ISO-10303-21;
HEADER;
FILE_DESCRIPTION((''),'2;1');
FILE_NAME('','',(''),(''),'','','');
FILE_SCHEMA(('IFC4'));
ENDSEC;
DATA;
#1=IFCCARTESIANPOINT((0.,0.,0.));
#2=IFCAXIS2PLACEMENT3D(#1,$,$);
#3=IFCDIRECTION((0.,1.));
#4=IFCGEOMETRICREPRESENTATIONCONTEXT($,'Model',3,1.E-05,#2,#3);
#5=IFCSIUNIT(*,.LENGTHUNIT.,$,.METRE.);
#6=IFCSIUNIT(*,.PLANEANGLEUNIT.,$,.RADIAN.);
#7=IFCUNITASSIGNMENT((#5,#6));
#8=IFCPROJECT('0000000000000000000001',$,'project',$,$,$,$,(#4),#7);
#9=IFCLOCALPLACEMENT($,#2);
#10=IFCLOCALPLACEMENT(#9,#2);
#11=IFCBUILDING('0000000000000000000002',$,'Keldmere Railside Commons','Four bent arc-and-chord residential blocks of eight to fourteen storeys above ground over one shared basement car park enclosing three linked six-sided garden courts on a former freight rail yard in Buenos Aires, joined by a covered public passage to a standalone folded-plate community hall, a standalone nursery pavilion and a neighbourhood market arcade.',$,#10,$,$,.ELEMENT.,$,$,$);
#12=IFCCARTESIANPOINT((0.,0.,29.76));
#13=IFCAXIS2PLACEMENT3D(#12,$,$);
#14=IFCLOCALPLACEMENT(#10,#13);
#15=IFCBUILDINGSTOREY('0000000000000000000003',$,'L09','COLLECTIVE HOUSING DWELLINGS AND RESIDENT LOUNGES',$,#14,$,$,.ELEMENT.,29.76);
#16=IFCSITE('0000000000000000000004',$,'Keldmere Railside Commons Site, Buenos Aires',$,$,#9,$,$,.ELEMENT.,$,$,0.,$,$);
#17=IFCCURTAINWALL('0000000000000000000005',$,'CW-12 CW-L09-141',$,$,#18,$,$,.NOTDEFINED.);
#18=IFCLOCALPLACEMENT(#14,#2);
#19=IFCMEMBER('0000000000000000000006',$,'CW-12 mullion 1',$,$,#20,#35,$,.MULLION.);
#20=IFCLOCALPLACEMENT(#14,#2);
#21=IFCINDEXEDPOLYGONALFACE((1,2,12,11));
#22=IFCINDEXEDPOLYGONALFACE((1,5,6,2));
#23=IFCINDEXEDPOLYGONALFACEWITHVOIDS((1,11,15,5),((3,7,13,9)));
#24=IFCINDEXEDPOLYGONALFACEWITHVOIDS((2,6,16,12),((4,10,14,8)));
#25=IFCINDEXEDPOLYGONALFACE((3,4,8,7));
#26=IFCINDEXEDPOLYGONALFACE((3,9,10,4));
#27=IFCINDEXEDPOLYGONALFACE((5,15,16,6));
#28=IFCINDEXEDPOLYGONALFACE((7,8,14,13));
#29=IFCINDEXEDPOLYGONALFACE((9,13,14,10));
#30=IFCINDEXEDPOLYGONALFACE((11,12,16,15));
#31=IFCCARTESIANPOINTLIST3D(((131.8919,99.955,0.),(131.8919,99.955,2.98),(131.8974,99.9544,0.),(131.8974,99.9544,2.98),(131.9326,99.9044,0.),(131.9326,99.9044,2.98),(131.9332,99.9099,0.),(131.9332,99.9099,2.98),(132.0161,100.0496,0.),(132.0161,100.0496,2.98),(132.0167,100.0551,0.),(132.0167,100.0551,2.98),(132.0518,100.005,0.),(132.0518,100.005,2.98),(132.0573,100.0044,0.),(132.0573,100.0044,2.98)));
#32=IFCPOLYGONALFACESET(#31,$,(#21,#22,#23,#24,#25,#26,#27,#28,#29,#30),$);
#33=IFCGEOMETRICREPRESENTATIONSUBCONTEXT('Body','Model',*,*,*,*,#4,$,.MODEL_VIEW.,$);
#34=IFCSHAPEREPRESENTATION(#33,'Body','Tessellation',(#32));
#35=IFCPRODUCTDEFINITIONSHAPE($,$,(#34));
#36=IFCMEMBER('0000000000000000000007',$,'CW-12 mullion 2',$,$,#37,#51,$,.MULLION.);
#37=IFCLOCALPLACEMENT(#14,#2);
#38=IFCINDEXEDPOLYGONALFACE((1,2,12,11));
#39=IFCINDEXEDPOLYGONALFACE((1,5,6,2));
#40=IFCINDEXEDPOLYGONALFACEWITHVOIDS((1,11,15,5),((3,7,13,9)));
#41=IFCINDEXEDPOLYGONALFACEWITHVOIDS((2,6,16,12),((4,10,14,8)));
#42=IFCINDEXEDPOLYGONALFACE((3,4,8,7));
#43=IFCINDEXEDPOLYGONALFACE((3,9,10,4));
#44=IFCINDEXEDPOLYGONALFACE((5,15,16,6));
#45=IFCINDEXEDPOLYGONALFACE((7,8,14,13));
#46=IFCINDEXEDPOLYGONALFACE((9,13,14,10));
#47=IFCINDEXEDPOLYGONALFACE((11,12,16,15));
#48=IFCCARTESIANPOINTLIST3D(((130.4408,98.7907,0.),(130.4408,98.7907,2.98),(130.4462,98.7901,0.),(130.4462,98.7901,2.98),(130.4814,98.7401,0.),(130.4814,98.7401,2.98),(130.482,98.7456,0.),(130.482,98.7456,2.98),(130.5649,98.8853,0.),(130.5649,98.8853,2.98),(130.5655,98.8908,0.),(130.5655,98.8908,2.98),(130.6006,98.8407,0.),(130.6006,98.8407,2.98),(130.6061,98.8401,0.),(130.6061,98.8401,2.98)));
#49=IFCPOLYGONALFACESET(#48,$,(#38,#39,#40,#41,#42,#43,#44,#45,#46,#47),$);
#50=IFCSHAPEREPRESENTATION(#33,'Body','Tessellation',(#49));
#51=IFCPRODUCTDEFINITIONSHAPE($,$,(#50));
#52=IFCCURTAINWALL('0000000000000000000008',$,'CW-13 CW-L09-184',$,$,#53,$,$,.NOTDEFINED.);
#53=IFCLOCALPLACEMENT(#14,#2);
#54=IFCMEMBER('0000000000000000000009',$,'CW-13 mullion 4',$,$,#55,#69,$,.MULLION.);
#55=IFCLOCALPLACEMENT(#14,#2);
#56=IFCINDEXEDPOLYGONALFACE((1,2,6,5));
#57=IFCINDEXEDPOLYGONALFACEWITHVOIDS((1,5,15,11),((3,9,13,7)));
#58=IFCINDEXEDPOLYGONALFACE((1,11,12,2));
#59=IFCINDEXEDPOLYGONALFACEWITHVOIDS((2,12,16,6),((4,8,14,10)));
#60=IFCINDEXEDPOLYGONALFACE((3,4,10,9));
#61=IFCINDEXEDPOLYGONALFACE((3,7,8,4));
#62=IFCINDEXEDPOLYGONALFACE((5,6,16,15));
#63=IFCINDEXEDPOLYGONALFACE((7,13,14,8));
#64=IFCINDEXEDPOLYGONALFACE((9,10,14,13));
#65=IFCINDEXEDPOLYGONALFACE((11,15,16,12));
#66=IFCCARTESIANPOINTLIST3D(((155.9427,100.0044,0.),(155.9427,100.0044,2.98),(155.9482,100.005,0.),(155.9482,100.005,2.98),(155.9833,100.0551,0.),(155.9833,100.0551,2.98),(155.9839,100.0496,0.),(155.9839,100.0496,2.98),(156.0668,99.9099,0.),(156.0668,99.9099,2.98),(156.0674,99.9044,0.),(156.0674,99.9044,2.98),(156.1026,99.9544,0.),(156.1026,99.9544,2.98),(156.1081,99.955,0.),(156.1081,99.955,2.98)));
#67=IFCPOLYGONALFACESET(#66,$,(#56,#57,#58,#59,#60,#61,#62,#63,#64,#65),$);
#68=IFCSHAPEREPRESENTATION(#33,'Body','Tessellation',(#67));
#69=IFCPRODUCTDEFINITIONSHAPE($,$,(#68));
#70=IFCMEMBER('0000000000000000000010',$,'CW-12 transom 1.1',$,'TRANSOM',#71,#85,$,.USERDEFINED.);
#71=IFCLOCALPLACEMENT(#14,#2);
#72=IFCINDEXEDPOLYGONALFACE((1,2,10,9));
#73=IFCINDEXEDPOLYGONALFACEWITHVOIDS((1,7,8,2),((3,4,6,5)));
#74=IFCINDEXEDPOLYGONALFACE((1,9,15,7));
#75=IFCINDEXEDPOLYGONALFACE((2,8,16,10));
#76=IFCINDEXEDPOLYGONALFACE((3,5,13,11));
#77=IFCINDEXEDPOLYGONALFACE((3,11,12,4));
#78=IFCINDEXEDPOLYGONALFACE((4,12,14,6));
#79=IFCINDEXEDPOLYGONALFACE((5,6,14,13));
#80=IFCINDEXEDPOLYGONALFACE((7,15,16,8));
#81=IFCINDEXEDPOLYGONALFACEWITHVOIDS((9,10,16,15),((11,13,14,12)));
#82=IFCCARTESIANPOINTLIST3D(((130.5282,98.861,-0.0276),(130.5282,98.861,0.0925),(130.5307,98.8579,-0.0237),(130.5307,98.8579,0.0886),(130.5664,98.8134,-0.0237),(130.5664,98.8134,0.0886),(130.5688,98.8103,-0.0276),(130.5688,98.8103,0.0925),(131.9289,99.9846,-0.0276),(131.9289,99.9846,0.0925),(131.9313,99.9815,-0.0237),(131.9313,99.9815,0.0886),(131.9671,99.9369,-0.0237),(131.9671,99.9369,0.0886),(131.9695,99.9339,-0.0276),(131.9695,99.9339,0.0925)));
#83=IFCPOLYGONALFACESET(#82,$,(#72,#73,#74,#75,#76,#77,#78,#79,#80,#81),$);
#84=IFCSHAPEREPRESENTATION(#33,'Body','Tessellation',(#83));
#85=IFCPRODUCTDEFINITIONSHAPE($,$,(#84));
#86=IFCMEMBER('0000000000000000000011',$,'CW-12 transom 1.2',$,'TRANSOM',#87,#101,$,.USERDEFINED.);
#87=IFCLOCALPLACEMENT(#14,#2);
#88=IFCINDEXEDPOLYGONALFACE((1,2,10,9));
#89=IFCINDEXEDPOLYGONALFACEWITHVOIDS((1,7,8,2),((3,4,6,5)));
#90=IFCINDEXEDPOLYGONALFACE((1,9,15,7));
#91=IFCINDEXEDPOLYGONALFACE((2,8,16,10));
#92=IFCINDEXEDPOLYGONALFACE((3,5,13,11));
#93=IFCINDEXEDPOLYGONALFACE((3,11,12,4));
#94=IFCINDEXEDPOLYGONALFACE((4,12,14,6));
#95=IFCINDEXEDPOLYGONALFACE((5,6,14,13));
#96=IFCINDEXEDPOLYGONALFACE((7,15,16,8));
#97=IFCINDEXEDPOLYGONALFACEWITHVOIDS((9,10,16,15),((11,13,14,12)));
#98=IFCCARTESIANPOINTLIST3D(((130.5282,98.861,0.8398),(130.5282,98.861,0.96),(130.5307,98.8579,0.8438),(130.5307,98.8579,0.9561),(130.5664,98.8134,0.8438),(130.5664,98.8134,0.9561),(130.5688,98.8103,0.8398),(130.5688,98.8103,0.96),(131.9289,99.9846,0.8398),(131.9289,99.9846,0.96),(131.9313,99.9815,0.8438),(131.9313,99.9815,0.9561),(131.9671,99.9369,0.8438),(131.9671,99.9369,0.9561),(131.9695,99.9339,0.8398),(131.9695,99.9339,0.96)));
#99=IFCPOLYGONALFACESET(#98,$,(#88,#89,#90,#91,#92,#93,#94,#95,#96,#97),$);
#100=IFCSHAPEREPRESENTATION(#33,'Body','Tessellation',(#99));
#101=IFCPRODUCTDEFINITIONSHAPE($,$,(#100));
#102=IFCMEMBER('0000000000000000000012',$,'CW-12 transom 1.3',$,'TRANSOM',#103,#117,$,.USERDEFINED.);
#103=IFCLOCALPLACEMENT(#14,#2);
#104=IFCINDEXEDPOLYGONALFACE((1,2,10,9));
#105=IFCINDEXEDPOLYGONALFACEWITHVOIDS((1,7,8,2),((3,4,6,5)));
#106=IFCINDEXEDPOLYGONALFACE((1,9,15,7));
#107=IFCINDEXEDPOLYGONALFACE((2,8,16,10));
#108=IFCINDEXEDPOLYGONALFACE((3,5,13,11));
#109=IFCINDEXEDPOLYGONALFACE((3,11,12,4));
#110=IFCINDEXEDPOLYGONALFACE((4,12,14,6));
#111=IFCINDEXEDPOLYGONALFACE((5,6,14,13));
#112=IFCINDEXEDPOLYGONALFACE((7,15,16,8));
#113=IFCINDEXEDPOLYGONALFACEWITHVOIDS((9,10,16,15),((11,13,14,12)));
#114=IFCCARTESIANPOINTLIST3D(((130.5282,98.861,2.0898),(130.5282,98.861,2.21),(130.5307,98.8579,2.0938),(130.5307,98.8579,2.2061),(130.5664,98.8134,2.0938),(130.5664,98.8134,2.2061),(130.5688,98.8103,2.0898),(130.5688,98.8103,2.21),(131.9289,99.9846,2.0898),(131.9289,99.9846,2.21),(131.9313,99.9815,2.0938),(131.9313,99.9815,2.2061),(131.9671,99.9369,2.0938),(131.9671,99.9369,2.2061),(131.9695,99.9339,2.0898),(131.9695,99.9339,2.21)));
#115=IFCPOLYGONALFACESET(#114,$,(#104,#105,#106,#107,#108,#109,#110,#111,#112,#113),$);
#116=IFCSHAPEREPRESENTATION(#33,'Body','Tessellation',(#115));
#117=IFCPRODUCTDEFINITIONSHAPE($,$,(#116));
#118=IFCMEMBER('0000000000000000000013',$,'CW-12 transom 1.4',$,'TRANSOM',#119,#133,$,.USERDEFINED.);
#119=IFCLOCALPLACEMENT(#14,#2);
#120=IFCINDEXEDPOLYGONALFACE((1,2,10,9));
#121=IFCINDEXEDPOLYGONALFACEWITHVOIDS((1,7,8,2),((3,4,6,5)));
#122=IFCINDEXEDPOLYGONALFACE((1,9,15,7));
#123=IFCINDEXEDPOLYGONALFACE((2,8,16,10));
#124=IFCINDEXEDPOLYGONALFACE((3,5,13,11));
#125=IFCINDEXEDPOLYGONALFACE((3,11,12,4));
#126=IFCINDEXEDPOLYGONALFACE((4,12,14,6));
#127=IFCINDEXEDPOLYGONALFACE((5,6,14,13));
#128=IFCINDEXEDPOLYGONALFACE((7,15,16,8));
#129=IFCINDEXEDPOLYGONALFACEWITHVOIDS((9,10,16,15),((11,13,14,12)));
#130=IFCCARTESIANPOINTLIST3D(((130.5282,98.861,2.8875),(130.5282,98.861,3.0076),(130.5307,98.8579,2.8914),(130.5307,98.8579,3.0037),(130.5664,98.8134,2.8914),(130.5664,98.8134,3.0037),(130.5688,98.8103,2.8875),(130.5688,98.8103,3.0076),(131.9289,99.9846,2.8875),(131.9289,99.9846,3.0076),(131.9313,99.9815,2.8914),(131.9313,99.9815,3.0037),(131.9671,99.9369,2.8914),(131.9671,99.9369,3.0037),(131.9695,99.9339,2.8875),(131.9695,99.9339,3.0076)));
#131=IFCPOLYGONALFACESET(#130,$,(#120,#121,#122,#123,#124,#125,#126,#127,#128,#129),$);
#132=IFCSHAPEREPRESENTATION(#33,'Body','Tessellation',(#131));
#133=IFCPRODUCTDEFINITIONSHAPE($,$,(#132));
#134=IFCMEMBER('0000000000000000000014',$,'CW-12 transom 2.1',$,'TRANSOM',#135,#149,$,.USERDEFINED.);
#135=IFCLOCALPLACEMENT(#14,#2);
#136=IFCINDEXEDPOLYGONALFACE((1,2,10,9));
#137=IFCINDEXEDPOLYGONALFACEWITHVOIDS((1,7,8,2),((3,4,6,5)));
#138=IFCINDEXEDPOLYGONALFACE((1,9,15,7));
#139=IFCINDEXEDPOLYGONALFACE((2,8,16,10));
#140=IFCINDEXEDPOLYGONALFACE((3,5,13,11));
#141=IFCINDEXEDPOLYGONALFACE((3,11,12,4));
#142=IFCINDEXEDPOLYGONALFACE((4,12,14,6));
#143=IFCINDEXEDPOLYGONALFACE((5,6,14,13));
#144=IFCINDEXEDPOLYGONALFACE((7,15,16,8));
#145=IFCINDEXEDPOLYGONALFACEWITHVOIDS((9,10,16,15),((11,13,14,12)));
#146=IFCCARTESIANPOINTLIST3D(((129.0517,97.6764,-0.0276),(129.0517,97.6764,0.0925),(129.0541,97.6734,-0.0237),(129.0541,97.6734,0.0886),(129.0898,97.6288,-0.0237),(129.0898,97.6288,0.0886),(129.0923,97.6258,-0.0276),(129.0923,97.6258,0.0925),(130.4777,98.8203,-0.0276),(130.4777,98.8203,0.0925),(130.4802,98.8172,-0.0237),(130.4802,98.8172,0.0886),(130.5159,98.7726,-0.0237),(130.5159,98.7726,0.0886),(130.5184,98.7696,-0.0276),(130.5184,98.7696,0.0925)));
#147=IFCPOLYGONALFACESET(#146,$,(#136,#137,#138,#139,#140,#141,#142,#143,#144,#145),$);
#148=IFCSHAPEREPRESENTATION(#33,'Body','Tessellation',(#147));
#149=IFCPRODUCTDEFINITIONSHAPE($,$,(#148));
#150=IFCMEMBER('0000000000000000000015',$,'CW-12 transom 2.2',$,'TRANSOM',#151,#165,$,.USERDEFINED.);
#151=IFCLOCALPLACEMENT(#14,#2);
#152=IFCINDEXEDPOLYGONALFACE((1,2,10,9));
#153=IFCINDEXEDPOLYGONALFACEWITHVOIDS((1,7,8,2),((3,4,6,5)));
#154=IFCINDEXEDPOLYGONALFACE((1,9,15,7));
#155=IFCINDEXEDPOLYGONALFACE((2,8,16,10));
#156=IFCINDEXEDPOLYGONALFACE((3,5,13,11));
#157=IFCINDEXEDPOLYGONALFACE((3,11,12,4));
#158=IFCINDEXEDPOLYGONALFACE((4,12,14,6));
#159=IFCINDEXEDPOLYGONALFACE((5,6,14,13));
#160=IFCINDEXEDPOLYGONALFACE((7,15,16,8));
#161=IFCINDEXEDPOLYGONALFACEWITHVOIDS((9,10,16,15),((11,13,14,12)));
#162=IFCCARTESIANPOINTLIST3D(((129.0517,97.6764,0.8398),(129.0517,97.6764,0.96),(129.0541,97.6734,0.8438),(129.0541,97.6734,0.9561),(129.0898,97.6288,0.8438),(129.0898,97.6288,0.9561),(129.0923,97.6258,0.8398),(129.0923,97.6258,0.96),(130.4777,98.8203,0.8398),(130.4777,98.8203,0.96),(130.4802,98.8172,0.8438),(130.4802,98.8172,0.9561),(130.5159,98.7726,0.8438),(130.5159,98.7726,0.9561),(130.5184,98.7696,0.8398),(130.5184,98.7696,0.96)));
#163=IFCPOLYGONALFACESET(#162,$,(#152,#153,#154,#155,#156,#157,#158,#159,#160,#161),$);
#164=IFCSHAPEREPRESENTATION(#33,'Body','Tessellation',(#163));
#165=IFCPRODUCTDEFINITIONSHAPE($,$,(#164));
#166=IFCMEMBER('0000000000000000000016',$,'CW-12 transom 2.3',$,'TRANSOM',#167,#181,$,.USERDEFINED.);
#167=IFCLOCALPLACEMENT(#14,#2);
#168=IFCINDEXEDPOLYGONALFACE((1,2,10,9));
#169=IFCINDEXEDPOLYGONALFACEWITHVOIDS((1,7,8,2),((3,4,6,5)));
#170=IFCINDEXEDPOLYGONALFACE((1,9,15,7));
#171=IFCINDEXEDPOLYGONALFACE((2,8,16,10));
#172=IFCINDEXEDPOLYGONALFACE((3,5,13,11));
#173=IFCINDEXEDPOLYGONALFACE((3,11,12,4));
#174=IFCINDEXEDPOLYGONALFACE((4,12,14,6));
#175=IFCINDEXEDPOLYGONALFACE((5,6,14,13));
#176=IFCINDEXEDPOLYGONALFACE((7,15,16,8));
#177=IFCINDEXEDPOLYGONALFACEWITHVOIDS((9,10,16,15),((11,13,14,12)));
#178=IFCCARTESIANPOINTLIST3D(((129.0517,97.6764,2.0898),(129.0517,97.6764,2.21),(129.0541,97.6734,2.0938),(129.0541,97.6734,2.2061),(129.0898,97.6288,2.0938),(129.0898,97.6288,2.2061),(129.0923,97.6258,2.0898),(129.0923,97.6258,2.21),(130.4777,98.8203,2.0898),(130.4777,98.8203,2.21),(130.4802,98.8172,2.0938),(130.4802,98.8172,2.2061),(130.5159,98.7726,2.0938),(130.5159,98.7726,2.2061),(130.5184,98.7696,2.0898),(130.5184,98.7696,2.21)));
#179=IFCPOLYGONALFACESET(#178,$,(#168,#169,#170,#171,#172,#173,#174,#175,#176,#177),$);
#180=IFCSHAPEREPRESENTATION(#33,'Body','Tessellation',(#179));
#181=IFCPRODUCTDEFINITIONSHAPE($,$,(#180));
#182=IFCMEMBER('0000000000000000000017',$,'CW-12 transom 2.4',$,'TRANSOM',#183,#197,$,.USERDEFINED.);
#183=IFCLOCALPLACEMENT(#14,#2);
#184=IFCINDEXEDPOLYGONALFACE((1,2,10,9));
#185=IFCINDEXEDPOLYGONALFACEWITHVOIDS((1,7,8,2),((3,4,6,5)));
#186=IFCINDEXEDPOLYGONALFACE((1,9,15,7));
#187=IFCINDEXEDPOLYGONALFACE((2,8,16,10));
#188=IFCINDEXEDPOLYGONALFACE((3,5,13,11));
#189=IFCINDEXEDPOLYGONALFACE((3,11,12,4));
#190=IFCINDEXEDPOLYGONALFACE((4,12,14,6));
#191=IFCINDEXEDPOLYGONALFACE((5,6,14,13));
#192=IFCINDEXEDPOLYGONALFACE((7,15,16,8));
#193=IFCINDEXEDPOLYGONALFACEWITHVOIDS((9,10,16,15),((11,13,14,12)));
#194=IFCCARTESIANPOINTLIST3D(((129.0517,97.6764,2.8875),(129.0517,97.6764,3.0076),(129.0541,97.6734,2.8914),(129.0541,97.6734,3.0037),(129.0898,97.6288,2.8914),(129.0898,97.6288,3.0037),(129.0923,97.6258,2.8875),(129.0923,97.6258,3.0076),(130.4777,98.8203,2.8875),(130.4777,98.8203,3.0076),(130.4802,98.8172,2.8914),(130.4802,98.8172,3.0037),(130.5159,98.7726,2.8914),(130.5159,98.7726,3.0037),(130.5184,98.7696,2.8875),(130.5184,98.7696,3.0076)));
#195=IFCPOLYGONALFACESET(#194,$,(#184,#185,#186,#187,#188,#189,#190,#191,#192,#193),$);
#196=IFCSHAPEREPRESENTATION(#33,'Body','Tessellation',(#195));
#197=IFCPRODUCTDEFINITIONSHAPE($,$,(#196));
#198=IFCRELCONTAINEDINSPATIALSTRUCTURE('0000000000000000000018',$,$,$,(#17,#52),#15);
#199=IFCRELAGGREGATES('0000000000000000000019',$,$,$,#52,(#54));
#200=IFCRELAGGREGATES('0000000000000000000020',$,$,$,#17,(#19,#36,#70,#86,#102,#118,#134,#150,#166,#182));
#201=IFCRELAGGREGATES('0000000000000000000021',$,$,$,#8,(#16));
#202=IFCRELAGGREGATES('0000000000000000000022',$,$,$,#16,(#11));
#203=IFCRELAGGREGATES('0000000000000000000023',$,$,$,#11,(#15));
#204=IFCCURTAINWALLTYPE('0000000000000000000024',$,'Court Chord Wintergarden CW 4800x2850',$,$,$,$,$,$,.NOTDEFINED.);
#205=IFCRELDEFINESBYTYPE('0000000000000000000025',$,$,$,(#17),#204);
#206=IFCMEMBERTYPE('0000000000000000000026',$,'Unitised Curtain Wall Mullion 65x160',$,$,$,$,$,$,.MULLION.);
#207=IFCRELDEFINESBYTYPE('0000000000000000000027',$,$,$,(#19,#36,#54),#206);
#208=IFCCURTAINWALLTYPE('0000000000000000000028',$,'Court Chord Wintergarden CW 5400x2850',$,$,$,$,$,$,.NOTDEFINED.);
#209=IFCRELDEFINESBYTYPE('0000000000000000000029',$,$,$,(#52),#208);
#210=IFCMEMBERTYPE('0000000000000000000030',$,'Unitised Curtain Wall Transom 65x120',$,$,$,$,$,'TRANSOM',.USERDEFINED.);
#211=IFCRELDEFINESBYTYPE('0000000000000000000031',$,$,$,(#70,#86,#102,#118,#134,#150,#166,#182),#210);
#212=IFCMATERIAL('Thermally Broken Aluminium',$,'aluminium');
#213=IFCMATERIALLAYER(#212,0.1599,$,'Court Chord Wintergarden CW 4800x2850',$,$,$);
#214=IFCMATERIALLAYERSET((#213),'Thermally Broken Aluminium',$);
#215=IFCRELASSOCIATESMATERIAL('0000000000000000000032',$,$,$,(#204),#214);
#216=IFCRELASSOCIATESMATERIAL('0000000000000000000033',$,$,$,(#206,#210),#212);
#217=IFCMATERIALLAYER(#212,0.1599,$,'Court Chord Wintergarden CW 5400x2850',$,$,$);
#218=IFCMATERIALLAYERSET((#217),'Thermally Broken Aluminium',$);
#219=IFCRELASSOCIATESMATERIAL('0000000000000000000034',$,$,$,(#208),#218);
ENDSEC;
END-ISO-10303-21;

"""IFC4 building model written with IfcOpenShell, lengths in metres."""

from ifc_helpers import new_model, si_unit, direction, frame, origin, origin_2d, place, context, subcontext, project, spatial, hollow_rectangle, extrude, material, layer, layer_set, material_profile, profile_set, type_object, element, aggregate, save


model = new_model("IFC4")

# Units and contexts
model_context = context("Model", 3, precision=1e-05, world=origin(), true_north=direction((0.0, 1.0)))
body_context = subcontext(model_context, "Body", "Model", "MODEL_VIEW")
ifc_project = project(units=[si_unit("LENGTHUNIT", "METRE"), si_unit("PLANEANGLEUNIT", "RADIAN")], contexts=[model_context])

# Site, building, storey
site_placement = place(None, origin())
site = spatial("IfcSite", under=ifc_project, at=site_placement, Name="Keldmere Railside Commons Site, Buenos Aires", CompositionType="ELEMENT", RefElevation=0.0)
building_placement = place(site_placement, origin())
building = spatial("IfcBuilding", under=site, at=building_placement, Name="Keldmere Railside Commons", Description="Four bent arc-and-chord residential blocks of eight to fourteen storeys above ground over one shared basement car park enclosing three linked six-sided garden courts on a former freight rail yard in Buenos Aires, joined by a covered public passage to a standalone folded-plate community hall, a standalone nursery pavilion and a neighbourhood market arcade.", CompositionType="ELEMENT")
storey_placement = place(building_placement, frame((0.0, 0.0, 29.76)))
storey = spatial("IfcBuildingStorey", under=building, at=storey_placement, Name="L09", Description="COLLECTIVE HOUSING DWELLINGS AND RESIDENT LOUNGES", CompositionType="ELEMENT", Elevation=29.76)

# Curtain wall, members
ifc_material_1 = material(Name="Thermally Broken Aluminium", Category="aluminium")
ifc_layer_1 = layer(ifc_material_1, 0.1599, Name="Court Chord Wintergarden CW 4800x2850")
ifc_layer_set_1 = layer_set([ifc_layer_1], Name="Thermally Broken Aluminium")
curtain_wall_type_1 = type_object("IfcCurtainWallType", Name="Court Chord Wintergarden CW 4800x2850", PredefinedType="NOTDEFINED", material=ifc_layer_set_1)
curtain_wall_1_placement = place(storey_placement, origin())
curtain_wall_1 = element("IfcCurtainWall", 1, at=curtain_wall_1_placement, inside=storey, type_object=curtain_wall_type_1, Name="CW-12 CW-L09-141", PredefinedType="NOTDEFINED")
ifc_material_profile_1 = material_profile(ifc_material_1, hollow_rectangle(XDim=0.0649, YDim=0.1599, WallThickness=0.0039, at=origin_2d()), Name="ALU-MULL-65x160")
ifc_profile_set_1 = profile_set([ifc_material_profile_1], Name="Thermally Broken Aluminium")
member_type_1 = type_object("IfcMemberType", Name="Unitised Curtain Wall Mullion 65x160", PredefinedType="MULLION", material=ifc_profile_set_1)
member_1_placement = place(storey_placement, frame((131.9746, 99.9797, 0.0), z_axis=(0.0, 0.0, 1.0), x_axis=(0.625768, -0.780009, 0.0)))
member_1 = element("IfcMember", 2, at=member_1_placement, type_object=member_type_1, Name="CW-12 mullion 1", PredefinedType="MULLION", context=body_context, shape_type="SweptSolid", body=[
    extrude(hollow_rectangle(XDim=0.0649, YDim=0.1599, WallThickness=0.0039, at=origin_2d()), origin(), (0.0, 0.0, 1.0), 2.98),
])
member_2_placement = place(storey_placement, frame((130.5234, 98.8154, 0.0), z_axis=(0.0, 0.0, 1.0), x_axis=(0.625768, -0.780009, 0.0)))
member_2 = element("IfcMember", 3, at=member_2_placement, type_object=member_type_1, Name="CW-12 mullion 2", PredefinedType="MULLION", context=body_context, shape_type="SweptSolid", body=[
    extrude(hollow_rectangle(XDim=0.0649, YDim=0.1599, WallThickness=0.0039, at=origin_2d()), origin(), (0.0, 0.0, 1.0), 2.98),
])

# Curtain wall, member
ifc_layer_2 = layer(ifc_material_1, 0.1599, Name="Court Chord Wintergarden CW 5400x2850")
ifc_layer_set_2 = layer_set([ifc_layer_2], Name="Thermally Broken Aluminium")
curtain_wall_type_2 = type_object("IfcCurtainWallType", Name="Court Chord Wintergarden CW 5400x2850", PredefinedType="NOTDEFINED", material=ifc_layer_set_2)
curtain_wall_2_placement = place(storey_placement, origin())
curtain_wall_2 = element("IfcCurtainWall", 4, at=curtain_wall_2_placement, inside=storey, type_object=curtain_wall_type_2, Name="CW-13 CW-L09-184", PredefinedType="NOTDEFINED")
member_3_placement = place(storey_placement, frame((156.0254, 99.9797, 0.0), z_axis=(0.0, 0.0, 1.0), x_axis=(-0.625768, -0.780009, 0.0)))
member_3 = element("IfcMember", 5, at=member_3_placement, type_object=member_type_1, Name="CW-13 mullion 4", PredefinedType="MULLION", context=body_context, shape_type="SweptSolid", body=[
    extrude(hollow_rectangle(XDim=0.0649, YDim=0.1599, WallThickness=0.0039, at=origin_2d()), origin(), (0.0, 0.0, 1.0), 2.98),
])

# Members
ifc_material_profile_2 = material_profile(ifc_material_1, hollow_rectangle(XDim=0.0649, YDim=0.1201, WallThickness=0.0039, at=origin_2d()), Name="ALU-TRAN-65x120")
ifc_profile_set_2 = profile_set([ifc_material_profile_2], Name="Thermally Broken Aluminium")
member_type_2 = type_object("IfcMemberType", Name="Unitised Curtain Wall Transom 65x120", ElementType="TRANSOM", PredefinedType="USERDEFINED", material=ifc_profile_set_2)
member_4_placement = place(storey_placement, frame((131.9492, 99.9592, 0.0325), z_axis=(-0.780046, -0.625723, 0.0), x_axis=(0.625723, -0.780046, 0.0)))
member_4 = element("IfcMember", 6, at=member_4_placement, type_object=member_type_2, Name="CW-12 transom 1.1", ObjectType="TRANSOM", PredefinedType="USERDEFINED", context=body_context, shape_type="SweptSolid", body=[
    extrude(hollow_rectangle(XDim=0.0649, YDim=0.1201, WallThickness=0.0039, at=origin_2d()), origin(), (0.0, 0.0, 1.0), 1.7957),
])
member_5_placement = place(storey_placement, frame((131.9492, 99.9592, 0.8999), z_axis=(-0.780046, -0.625723, 0.0), x_axis=(0.625723, -0.780046, 0.0)))
member_5 = element("IfcMember", 7, at=member_5_placement, type_object=member_type_2, Name="CW-12 transom 1.2", ObjectType="TRANSOM", PredefinedType="USERDEFINED", context=body_context, shape_type="SweptSolid", body=[
    extrude(hollow_rectangle(XDim=0.0649, YDim=0.1201, WallThickness=0.0039, at=origin_2d()), origin(), (0.0, 0.0, 1.0), 1.7957),
])
member_6_placement = place(storey_placement, frame((131.9492, 99.9592, 2.1499), z_axis=(-0.780046, -0.625723, 0.0), x_axis=(0.625723, -0.780046, 0.0)))
member_6 = element("IfcMember", 8, at=member_6_placement, type_object=member_type_2, Name="CW-12 transom 1.3", ObjectType="TRANSOM", PredefinedType="USERDEFINED", context=body_context, shape_type="SweptSolid", body=[
    extrude(hollow_rectangle(XDim=0.0649, YDim=0.1201, WallThickness=0.0039, at=origin_2d()), origin(), (0.0, 0.0, 1.0), 1.7957),
])
member_7_placement = place(storey_placement, frame((131.9492, 99.9592, 2.9475), z_axis=(-0.780046, -0.625723, 0.0), x_axis=(0.625723, -0.780046, 0.0)))
member_7 = element("IfcMember", 9, at=member_7_placement, type_object=member_type_2, Name="CW-12 transom 1.4", ObjectType="TRANSOM", PredefinedType="USERDEFINED", context=body_context, shape_type="SweptSolid", body=[
    extrude(hollow_rectangle(XDim=0.0649, YDim=0.1201, WallThickness=0.0039, at=origin_2d()), origin(), (0.0, 0.0, 1.0), 1.7957),
])
member_8_placement = place(storey_placement, frame((130.498, 98.7949, 0.0325), z_axis=(-0.780073, -0.625688, 0.0), x_axis=(0.625688, -0.780073, 0.0)))
member_8 = element("IfcMember", 10, at=member_8_placement, type_object=member_type_2, Name="CW-12 transom 2.1", ObjectType="TRANSOM", PredefinedType="USERDEFINED", context=body_context, shape_type="SweptSolid", body=[
    extrude(hollow_rectangle(XDim=0.0649, YDim=0.1201, WallThickness=0.0039, at=origin_2d()), origin(), (0.0, 0.0, 1.0), 1.8281),
])
member_9_placement = place(storey_placement, frame((130.498, 98.7949, 0.8999), z_axis=(-0.780073, -0.625688, 0.0), x_axis=(0.625688, -0.780073, 0.0)))
member_9 = element("IfcMember", 11, at=member_9_placement, type_object=member_type_2, Name="CW-12 transom 2.2", ObjectType="TRANSOM", PredefinedType="USERDEFINED", context=body_context, shape_type="SweptSolid", body=[
    extrude(hollow_rectangle(XDim=0.0649, YDim=0.1201, WallThickness=0.0039, at=origin_2d()), origin(), (0.0, 0.0, 1.0), 1.8281),
])
member_10_placement = place(storey_placement, frame((130.498, 98.7949, 2.1499), z_axis=(-0.780073, -0.625688, 0.0), x_axis=(0.625688, -0.780073, 0.0)))
member_10 = element("IfcMember", 12, at=member_10_placement, type_object=member_type_2, Name="CW-12 transom 2.3", ObjectType="TRANSOM", PredefinedType="USERDEFINED", context=body_context, shape_type="SweptSolid", body=[
    extrude(hollow_rectangle(XDim=0.0649, YDim=0.1201, WallThickness=0.0039, at=origin_2d()), origin(), (0.0, 0.0, 1.0), 1.8281),
])
member_11_placement = place(storey_placement, frame((130.498, 98.7949, 2.9475), z_axis=(-0.780073, -0.625688, 0.0), x_axis=(0.625688, -0.780073, 0.0)))
member_11 = element("IfcMember", 13, at=member_11_placement, type_object=member_type_2, Name="CW-12 transom 2.4", ObjectType="TRANSOM", PredefinedType="USERDEFINED", context=body_context, shape_type="SweptSolid", body=[
    extrude(hollow_rectangle(XDim=0.0649, YDim=0.1201, WallThickness=0.0039, at=origin_2d()), origin(), (0.0, 0.0, 1.0), 1.8281),
])

aggregate(curtain_wall_2, [member_3])
aggregate(curtain_wall_1, [member_1, member_2, member_4, member_5, member_6, member_7, member_8, member_9, member_10, member_11])

save(model, "model.ifc")
